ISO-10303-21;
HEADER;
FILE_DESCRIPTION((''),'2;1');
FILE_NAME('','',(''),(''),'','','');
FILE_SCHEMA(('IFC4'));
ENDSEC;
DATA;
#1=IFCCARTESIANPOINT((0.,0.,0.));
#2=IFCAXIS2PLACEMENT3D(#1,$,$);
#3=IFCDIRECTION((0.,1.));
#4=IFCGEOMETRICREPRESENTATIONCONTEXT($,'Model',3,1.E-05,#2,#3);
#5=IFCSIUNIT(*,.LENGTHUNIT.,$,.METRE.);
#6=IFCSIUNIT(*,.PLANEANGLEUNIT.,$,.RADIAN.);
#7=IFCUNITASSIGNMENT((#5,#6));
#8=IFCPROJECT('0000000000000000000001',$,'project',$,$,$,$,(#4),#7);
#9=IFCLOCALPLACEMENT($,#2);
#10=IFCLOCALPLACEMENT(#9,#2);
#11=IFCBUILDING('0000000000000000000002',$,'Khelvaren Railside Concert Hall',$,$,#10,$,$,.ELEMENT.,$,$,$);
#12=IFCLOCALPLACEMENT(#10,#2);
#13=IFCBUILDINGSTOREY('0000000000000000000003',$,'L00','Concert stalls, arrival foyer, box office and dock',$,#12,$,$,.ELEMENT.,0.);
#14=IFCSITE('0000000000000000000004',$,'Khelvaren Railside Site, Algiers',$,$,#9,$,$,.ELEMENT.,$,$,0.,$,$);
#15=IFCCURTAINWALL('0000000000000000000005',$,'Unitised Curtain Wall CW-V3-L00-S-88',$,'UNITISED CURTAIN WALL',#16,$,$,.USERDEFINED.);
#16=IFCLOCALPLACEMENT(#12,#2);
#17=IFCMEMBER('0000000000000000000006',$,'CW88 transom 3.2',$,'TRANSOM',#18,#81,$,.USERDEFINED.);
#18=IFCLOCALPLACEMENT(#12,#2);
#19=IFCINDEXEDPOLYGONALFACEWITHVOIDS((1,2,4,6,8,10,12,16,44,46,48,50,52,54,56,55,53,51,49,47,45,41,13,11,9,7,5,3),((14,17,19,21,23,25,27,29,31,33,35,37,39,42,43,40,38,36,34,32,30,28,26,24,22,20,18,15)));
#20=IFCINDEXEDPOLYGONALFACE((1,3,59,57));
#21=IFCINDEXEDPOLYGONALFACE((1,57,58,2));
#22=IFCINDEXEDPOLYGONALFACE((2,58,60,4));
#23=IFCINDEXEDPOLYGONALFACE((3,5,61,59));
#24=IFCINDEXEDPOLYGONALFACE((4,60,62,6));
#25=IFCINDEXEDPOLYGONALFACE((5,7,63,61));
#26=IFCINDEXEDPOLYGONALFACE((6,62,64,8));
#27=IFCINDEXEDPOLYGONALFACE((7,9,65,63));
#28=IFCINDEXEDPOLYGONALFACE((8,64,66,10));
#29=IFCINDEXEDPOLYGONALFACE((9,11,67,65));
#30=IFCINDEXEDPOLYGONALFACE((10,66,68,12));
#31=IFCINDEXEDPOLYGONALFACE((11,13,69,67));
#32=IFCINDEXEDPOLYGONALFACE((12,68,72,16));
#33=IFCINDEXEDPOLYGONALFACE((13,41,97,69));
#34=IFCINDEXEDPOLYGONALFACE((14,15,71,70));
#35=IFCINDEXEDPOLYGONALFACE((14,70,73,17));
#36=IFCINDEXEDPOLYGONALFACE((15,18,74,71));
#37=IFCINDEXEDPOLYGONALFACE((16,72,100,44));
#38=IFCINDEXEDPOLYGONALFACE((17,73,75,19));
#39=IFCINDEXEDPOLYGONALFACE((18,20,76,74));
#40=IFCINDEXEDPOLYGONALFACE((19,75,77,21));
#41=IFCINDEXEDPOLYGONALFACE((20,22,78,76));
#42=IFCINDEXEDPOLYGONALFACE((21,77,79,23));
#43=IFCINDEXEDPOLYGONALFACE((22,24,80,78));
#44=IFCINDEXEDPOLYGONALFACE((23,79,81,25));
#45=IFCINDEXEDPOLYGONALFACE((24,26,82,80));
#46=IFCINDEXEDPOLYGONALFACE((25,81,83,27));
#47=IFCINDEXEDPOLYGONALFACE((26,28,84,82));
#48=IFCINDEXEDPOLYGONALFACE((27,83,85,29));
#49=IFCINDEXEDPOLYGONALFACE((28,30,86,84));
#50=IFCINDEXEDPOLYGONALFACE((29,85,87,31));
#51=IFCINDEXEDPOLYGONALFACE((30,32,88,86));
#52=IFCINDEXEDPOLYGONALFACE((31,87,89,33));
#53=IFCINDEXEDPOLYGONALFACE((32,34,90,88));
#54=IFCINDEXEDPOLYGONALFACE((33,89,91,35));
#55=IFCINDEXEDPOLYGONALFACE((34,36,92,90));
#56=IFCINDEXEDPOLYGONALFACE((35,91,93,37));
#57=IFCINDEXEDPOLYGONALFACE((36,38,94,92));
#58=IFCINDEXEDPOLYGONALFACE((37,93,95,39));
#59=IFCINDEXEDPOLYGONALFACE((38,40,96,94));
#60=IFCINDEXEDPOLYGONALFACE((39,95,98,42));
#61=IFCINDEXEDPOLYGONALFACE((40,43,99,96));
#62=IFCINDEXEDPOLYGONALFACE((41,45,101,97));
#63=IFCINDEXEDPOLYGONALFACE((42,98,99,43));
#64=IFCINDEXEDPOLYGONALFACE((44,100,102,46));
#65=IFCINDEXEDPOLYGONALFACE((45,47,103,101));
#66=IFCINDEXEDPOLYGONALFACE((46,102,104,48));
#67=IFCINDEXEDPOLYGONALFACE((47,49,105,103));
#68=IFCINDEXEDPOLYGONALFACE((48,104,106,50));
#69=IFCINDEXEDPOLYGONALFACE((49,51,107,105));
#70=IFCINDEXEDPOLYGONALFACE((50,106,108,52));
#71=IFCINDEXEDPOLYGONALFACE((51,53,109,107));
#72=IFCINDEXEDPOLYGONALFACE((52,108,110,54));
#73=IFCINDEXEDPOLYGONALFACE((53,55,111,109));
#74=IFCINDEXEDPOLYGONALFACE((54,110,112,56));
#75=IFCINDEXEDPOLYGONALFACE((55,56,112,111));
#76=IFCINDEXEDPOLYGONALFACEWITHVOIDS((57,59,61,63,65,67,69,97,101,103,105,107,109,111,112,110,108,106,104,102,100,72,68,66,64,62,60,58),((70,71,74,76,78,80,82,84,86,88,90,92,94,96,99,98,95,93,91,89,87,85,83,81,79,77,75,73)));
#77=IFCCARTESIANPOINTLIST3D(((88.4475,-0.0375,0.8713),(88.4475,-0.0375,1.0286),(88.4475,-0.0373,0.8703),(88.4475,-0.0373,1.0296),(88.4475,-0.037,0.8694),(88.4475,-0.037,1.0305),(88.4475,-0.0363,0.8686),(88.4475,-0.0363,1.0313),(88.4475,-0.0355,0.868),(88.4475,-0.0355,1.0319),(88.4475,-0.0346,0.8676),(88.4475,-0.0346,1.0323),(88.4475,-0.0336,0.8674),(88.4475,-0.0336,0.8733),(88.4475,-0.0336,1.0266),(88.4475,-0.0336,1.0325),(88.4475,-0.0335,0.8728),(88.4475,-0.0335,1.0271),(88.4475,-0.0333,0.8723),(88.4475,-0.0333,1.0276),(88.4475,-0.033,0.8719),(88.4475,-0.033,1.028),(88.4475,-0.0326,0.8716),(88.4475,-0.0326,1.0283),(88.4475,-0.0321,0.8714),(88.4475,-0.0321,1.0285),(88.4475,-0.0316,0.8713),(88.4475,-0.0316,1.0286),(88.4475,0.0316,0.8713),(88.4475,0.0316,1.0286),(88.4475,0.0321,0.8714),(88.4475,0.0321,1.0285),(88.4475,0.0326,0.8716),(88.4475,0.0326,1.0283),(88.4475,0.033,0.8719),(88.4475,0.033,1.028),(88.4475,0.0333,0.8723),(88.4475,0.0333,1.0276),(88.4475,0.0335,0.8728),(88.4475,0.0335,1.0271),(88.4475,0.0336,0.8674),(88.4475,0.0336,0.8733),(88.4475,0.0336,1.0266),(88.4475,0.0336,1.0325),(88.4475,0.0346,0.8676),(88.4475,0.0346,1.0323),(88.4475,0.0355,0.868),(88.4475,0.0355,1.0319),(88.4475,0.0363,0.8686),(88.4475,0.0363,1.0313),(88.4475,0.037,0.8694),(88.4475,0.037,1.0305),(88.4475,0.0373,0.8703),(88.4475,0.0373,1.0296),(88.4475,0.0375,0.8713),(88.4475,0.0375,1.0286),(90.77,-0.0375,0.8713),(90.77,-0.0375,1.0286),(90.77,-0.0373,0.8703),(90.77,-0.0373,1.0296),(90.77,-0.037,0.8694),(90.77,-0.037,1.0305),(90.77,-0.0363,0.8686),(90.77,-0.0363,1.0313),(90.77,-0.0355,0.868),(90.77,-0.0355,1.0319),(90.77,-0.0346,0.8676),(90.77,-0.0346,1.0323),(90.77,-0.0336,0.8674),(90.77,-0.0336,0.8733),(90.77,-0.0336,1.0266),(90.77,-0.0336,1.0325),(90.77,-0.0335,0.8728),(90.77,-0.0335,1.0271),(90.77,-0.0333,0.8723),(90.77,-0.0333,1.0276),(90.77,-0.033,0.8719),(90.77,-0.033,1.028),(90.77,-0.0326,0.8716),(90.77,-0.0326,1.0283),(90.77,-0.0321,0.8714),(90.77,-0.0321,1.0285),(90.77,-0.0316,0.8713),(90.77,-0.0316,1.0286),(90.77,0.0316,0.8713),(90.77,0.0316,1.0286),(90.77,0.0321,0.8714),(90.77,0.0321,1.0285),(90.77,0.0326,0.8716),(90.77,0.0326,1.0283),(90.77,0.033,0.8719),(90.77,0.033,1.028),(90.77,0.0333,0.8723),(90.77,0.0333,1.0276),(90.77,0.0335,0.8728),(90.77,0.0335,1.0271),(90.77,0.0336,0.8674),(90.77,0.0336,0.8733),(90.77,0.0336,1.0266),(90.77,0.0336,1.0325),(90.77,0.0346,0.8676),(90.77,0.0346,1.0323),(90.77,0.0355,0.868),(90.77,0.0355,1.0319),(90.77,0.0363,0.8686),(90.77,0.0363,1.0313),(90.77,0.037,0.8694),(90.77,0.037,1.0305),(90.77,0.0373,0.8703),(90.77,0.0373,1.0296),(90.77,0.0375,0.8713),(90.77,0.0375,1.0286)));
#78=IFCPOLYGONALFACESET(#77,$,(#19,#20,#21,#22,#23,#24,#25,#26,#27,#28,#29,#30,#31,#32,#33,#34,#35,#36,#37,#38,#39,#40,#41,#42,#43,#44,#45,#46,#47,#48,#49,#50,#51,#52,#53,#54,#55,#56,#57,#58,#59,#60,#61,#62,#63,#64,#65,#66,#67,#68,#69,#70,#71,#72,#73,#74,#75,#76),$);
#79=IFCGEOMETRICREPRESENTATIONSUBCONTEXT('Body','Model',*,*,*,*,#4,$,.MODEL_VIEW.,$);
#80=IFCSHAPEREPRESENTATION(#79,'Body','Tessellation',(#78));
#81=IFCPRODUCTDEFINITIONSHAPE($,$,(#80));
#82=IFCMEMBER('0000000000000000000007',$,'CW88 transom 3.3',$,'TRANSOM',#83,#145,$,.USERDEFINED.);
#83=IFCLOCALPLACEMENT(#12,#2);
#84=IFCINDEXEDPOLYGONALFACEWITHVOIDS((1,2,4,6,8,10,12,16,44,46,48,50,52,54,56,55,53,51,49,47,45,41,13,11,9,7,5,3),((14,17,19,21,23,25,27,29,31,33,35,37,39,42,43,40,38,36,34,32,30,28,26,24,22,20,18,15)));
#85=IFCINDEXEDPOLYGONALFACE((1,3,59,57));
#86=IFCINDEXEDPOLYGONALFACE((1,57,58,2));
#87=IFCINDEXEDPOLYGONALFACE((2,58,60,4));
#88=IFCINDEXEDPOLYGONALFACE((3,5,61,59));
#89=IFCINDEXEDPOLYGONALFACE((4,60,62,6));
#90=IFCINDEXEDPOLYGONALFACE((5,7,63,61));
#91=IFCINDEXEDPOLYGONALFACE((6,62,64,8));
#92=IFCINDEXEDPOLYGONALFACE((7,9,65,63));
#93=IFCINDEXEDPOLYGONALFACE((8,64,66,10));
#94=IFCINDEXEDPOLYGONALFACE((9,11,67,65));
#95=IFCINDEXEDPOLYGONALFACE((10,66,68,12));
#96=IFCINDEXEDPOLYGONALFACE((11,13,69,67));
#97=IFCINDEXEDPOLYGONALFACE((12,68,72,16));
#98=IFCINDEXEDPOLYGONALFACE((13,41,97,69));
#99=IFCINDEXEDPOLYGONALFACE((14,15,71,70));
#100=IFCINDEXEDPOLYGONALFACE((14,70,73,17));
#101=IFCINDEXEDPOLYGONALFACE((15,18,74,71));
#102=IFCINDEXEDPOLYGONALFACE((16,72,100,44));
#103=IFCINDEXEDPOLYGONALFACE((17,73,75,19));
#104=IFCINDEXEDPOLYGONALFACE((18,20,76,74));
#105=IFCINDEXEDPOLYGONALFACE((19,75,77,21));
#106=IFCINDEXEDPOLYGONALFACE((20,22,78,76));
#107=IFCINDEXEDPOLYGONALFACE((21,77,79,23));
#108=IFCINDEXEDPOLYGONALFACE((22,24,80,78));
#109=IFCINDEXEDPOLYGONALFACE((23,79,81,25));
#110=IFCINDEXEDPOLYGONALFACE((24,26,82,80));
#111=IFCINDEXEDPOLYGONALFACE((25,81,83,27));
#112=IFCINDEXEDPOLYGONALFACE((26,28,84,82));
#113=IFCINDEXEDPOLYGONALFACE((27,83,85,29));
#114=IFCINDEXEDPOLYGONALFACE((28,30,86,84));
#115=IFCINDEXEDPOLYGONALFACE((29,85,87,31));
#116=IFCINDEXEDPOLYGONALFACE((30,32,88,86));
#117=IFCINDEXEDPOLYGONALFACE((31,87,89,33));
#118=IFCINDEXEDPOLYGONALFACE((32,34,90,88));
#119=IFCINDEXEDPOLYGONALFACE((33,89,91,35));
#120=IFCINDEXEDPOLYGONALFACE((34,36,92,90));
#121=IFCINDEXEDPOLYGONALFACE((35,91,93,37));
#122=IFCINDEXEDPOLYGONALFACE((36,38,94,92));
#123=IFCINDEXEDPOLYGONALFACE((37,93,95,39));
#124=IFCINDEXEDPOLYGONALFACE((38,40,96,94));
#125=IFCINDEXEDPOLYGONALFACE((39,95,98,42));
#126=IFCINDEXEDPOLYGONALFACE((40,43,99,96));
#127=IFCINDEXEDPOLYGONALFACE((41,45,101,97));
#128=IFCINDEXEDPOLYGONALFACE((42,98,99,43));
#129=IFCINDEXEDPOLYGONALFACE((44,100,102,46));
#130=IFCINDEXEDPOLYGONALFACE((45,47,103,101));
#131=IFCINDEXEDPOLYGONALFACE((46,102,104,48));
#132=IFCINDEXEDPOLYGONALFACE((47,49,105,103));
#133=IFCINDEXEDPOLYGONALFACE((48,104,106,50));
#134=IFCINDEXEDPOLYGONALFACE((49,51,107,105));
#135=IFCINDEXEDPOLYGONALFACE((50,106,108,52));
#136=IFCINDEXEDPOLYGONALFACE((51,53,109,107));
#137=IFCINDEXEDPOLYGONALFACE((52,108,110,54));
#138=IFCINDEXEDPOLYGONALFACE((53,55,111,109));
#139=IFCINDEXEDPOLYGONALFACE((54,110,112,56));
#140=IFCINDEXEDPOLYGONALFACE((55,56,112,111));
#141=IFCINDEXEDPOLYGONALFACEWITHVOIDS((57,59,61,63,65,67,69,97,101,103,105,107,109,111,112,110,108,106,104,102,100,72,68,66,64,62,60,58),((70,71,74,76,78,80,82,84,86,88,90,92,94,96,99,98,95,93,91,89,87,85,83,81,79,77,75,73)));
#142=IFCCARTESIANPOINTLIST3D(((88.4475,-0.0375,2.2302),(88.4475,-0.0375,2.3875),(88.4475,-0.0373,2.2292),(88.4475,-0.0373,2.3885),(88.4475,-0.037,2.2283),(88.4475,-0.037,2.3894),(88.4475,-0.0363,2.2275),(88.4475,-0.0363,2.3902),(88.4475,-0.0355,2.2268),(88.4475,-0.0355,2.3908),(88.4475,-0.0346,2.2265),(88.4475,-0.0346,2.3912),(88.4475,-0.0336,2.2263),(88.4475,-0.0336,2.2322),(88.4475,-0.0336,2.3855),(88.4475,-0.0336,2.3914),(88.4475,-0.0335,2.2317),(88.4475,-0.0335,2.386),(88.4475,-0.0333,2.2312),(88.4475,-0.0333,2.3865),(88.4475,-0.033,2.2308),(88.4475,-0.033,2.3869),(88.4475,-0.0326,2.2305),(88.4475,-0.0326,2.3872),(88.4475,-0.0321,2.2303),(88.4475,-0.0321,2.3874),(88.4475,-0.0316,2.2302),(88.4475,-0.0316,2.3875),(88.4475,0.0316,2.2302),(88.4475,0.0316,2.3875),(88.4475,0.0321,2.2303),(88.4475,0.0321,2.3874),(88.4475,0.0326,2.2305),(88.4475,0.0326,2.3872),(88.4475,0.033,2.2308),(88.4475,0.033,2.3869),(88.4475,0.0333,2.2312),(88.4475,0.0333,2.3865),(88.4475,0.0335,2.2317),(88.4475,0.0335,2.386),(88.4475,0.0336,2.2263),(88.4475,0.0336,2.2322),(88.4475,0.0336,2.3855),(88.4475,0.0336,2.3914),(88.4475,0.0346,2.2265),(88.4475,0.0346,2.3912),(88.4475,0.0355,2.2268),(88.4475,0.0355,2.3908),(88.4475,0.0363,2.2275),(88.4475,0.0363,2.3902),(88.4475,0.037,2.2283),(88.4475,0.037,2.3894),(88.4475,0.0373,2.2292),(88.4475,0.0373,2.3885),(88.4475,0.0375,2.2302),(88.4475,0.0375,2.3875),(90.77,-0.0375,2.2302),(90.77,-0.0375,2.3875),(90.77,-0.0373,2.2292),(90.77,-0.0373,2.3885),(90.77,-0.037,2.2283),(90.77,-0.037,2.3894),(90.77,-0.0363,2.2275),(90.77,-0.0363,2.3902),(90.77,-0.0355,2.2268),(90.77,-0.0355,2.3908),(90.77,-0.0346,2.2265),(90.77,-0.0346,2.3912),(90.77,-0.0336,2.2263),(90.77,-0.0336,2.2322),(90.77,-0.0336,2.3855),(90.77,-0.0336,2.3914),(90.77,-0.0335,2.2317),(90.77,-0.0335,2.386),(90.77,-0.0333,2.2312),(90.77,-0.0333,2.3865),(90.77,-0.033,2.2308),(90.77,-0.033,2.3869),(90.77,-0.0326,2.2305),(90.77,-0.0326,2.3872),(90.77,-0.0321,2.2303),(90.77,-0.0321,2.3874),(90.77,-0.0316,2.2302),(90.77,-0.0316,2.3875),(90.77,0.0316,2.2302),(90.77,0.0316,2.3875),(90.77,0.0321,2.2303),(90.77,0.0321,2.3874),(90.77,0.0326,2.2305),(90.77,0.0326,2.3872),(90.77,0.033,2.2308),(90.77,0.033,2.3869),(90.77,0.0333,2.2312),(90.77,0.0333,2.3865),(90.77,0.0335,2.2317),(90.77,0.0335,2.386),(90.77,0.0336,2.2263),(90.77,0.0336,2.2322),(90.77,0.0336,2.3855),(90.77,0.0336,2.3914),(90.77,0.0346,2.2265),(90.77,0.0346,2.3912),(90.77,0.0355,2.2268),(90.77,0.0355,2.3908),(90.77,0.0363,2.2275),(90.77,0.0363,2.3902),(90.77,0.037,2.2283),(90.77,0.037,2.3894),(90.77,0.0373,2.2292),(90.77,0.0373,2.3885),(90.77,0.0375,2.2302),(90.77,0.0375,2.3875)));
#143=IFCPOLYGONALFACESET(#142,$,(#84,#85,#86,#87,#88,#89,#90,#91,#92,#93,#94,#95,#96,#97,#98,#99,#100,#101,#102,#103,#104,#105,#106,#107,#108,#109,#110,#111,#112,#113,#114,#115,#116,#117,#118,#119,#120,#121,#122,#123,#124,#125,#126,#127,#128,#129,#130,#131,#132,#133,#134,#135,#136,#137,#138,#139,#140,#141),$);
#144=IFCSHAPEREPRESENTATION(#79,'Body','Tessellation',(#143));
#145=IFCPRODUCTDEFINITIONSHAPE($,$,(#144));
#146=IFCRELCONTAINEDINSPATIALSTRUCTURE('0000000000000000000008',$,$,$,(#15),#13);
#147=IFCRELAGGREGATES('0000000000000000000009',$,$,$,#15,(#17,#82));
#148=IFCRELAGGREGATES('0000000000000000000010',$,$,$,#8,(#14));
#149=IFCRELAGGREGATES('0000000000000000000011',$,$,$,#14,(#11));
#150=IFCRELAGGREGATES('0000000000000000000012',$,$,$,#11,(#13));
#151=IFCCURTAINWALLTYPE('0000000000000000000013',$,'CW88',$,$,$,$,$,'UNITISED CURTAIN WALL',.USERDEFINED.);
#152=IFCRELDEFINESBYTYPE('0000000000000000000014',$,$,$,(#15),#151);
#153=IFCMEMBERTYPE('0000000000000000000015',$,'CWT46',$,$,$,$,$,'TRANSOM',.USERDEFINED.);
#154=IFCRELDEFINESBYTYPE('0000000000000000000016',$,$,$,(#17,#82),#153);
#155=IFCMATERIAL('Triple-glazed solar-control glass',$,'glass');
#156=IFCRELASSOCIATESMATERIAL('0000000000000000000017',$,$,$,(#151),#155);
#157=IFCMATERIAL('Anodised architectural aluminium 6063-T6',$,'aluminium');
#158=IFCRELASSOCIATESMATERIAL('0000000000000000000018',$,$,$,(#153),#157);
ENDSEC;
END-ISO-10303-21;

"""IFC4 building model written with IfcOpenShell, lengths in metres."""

from ifc_helpers import new_model, si_unit, direction, frame, origin, origin_2d, place, context, subcontext, project, spatial, hollow_rectangle, extrude, material, material_profile, profile_set, type_object, element, aggregate, save


model = new_model("IFC4")

# Units and contexts
model_context = context("Model", 3, precision=1e-05, world=origin(), true_north=direction((0.0, 1.0)))
body_context = subcontext(model_context, "Body", "Model", "MODEL_VIEW")
ifc_project = project(units=[si_unit("LENGTHUNIT", "METRE"), si_unit("PLANEANGLEUNIT", "RADIAN")], contexts=[model_context])

# Site, building, storey
site_placement = place(None, origin())
site = spatial("IfcSite", under=ifc_project, at=site_placement, Name="Khelvaren Railside Site, Algiers", CompositionType="ELEMENT", RefElevation=0.0)
building_placement = place(site_placement, origin())
building = spatial("IfcBuilding", under=site, at=building_placement, Name="Khelvaren Railside Concert Hall", CompositionType="ELEMENT")
storey_placement = place(building_placement, origin())
storey = spatial("IfcBuildingStorey", under=building, at=storey_placement, Name="L00", Description="Concert stalls, arrival foyer, box office and dock", CompositionType="ELEMENT", Elevation=0.0)

# Curtain wall, members
ifc_material_1 = material(Name="Triple-glazed solar-control glass", Category="glass")
curtain_wall_type = type_object("IfcCurtainWallType", Name="CW88", ElementType="UNITISED CURTAIN WALL", PredefinedType="USERDEFINED", material=ifc_material_1)
curtain_wall_placement = place(storey_placement, origin())
curtain_wall = element("IfcCurtainWall", 1, at=curtain_wall_placement, inside=storey, type_object=curtain_wall_type, Name="Unitised Curtain Wall CW-V3-L00-S-88", ObjectType="UNITISED CURTAIN WALL", PredefinedType="USERDEFINED")
ifc_material_2 = material(Name="Anodised architectural aluminium 6063-T6", Category="aluminium")
ifc_material_profile_1 = material_profile(ifc_material_2, hollow_rectangle(XDim=0.075, YDim=0.165, WallThickness=0.0039, InnerFilletRadius=0.002, OuterFilletRadius=0.0039, at=origin_2d()), Name="CWT 75x165x4")
ifc_profile_set_1 = profile_set([ifc_material_profile_1], Name="Anodised architectural aluminium 6063-T6")
member_type_1 = type_object("IfcMemberType", Name="CWT46", ElementType="TRANSOM", PredefinedType="USERDEFINED", material=ifc_profile_set_1)
member_1_placement = place(storey_placement, frame((90.77, 0.0, 0.95), z_axis=(-1.0, 0.0, 0.0), x_axis=(0.0, -1.0, 0.0)))
member_1 = element("IfcMember", 2, at=member_1_placement, type_object=member_type_1, Name="CW88 transom 3.2", ObjectType="TRANSOM", PredefinedType="USERDEFINED", context=body_context, shape_type="SweptSolid", body=[
    extrude(hollow_rectangle(XDim=0.075, YDim=0.165, WallThickness=0.0039, InnerFilletRadius=0.002, OuterFilletRadius=0.0039, at=origin_2d()), origin(), (0.0, 0.0, 1.0), 2.3225),
])
member_2_placement = place(storey_placement, frame((90.77, 0.0, 2.3088), z_axis=(-1.0, 0.0, 0.0), x_axis=(0.0, -1.0, 0.0)))
member_2 = element("IfcMember", 3, at=member_2_placement, type_object=member_type_1, Name="CW88 transom 3.3", ObjectType="TRANSOM", PredefinedType="USERDEFINED", context=body_context, shape_type="SweptSolid", body=[
    extrude(hollow_rectangle(XDim=0.075, YDim=0.165, WallThickness=0.0039, InnerFilletRadius=0.002, OuterFilletRadius=0.0039, at=origin_2d()), origin(), (0.0, 0.0, 1.0), 2.3225),
])

aggregate(curtain_wall, [member_1, member_2])

save(model, "model.ifc")
